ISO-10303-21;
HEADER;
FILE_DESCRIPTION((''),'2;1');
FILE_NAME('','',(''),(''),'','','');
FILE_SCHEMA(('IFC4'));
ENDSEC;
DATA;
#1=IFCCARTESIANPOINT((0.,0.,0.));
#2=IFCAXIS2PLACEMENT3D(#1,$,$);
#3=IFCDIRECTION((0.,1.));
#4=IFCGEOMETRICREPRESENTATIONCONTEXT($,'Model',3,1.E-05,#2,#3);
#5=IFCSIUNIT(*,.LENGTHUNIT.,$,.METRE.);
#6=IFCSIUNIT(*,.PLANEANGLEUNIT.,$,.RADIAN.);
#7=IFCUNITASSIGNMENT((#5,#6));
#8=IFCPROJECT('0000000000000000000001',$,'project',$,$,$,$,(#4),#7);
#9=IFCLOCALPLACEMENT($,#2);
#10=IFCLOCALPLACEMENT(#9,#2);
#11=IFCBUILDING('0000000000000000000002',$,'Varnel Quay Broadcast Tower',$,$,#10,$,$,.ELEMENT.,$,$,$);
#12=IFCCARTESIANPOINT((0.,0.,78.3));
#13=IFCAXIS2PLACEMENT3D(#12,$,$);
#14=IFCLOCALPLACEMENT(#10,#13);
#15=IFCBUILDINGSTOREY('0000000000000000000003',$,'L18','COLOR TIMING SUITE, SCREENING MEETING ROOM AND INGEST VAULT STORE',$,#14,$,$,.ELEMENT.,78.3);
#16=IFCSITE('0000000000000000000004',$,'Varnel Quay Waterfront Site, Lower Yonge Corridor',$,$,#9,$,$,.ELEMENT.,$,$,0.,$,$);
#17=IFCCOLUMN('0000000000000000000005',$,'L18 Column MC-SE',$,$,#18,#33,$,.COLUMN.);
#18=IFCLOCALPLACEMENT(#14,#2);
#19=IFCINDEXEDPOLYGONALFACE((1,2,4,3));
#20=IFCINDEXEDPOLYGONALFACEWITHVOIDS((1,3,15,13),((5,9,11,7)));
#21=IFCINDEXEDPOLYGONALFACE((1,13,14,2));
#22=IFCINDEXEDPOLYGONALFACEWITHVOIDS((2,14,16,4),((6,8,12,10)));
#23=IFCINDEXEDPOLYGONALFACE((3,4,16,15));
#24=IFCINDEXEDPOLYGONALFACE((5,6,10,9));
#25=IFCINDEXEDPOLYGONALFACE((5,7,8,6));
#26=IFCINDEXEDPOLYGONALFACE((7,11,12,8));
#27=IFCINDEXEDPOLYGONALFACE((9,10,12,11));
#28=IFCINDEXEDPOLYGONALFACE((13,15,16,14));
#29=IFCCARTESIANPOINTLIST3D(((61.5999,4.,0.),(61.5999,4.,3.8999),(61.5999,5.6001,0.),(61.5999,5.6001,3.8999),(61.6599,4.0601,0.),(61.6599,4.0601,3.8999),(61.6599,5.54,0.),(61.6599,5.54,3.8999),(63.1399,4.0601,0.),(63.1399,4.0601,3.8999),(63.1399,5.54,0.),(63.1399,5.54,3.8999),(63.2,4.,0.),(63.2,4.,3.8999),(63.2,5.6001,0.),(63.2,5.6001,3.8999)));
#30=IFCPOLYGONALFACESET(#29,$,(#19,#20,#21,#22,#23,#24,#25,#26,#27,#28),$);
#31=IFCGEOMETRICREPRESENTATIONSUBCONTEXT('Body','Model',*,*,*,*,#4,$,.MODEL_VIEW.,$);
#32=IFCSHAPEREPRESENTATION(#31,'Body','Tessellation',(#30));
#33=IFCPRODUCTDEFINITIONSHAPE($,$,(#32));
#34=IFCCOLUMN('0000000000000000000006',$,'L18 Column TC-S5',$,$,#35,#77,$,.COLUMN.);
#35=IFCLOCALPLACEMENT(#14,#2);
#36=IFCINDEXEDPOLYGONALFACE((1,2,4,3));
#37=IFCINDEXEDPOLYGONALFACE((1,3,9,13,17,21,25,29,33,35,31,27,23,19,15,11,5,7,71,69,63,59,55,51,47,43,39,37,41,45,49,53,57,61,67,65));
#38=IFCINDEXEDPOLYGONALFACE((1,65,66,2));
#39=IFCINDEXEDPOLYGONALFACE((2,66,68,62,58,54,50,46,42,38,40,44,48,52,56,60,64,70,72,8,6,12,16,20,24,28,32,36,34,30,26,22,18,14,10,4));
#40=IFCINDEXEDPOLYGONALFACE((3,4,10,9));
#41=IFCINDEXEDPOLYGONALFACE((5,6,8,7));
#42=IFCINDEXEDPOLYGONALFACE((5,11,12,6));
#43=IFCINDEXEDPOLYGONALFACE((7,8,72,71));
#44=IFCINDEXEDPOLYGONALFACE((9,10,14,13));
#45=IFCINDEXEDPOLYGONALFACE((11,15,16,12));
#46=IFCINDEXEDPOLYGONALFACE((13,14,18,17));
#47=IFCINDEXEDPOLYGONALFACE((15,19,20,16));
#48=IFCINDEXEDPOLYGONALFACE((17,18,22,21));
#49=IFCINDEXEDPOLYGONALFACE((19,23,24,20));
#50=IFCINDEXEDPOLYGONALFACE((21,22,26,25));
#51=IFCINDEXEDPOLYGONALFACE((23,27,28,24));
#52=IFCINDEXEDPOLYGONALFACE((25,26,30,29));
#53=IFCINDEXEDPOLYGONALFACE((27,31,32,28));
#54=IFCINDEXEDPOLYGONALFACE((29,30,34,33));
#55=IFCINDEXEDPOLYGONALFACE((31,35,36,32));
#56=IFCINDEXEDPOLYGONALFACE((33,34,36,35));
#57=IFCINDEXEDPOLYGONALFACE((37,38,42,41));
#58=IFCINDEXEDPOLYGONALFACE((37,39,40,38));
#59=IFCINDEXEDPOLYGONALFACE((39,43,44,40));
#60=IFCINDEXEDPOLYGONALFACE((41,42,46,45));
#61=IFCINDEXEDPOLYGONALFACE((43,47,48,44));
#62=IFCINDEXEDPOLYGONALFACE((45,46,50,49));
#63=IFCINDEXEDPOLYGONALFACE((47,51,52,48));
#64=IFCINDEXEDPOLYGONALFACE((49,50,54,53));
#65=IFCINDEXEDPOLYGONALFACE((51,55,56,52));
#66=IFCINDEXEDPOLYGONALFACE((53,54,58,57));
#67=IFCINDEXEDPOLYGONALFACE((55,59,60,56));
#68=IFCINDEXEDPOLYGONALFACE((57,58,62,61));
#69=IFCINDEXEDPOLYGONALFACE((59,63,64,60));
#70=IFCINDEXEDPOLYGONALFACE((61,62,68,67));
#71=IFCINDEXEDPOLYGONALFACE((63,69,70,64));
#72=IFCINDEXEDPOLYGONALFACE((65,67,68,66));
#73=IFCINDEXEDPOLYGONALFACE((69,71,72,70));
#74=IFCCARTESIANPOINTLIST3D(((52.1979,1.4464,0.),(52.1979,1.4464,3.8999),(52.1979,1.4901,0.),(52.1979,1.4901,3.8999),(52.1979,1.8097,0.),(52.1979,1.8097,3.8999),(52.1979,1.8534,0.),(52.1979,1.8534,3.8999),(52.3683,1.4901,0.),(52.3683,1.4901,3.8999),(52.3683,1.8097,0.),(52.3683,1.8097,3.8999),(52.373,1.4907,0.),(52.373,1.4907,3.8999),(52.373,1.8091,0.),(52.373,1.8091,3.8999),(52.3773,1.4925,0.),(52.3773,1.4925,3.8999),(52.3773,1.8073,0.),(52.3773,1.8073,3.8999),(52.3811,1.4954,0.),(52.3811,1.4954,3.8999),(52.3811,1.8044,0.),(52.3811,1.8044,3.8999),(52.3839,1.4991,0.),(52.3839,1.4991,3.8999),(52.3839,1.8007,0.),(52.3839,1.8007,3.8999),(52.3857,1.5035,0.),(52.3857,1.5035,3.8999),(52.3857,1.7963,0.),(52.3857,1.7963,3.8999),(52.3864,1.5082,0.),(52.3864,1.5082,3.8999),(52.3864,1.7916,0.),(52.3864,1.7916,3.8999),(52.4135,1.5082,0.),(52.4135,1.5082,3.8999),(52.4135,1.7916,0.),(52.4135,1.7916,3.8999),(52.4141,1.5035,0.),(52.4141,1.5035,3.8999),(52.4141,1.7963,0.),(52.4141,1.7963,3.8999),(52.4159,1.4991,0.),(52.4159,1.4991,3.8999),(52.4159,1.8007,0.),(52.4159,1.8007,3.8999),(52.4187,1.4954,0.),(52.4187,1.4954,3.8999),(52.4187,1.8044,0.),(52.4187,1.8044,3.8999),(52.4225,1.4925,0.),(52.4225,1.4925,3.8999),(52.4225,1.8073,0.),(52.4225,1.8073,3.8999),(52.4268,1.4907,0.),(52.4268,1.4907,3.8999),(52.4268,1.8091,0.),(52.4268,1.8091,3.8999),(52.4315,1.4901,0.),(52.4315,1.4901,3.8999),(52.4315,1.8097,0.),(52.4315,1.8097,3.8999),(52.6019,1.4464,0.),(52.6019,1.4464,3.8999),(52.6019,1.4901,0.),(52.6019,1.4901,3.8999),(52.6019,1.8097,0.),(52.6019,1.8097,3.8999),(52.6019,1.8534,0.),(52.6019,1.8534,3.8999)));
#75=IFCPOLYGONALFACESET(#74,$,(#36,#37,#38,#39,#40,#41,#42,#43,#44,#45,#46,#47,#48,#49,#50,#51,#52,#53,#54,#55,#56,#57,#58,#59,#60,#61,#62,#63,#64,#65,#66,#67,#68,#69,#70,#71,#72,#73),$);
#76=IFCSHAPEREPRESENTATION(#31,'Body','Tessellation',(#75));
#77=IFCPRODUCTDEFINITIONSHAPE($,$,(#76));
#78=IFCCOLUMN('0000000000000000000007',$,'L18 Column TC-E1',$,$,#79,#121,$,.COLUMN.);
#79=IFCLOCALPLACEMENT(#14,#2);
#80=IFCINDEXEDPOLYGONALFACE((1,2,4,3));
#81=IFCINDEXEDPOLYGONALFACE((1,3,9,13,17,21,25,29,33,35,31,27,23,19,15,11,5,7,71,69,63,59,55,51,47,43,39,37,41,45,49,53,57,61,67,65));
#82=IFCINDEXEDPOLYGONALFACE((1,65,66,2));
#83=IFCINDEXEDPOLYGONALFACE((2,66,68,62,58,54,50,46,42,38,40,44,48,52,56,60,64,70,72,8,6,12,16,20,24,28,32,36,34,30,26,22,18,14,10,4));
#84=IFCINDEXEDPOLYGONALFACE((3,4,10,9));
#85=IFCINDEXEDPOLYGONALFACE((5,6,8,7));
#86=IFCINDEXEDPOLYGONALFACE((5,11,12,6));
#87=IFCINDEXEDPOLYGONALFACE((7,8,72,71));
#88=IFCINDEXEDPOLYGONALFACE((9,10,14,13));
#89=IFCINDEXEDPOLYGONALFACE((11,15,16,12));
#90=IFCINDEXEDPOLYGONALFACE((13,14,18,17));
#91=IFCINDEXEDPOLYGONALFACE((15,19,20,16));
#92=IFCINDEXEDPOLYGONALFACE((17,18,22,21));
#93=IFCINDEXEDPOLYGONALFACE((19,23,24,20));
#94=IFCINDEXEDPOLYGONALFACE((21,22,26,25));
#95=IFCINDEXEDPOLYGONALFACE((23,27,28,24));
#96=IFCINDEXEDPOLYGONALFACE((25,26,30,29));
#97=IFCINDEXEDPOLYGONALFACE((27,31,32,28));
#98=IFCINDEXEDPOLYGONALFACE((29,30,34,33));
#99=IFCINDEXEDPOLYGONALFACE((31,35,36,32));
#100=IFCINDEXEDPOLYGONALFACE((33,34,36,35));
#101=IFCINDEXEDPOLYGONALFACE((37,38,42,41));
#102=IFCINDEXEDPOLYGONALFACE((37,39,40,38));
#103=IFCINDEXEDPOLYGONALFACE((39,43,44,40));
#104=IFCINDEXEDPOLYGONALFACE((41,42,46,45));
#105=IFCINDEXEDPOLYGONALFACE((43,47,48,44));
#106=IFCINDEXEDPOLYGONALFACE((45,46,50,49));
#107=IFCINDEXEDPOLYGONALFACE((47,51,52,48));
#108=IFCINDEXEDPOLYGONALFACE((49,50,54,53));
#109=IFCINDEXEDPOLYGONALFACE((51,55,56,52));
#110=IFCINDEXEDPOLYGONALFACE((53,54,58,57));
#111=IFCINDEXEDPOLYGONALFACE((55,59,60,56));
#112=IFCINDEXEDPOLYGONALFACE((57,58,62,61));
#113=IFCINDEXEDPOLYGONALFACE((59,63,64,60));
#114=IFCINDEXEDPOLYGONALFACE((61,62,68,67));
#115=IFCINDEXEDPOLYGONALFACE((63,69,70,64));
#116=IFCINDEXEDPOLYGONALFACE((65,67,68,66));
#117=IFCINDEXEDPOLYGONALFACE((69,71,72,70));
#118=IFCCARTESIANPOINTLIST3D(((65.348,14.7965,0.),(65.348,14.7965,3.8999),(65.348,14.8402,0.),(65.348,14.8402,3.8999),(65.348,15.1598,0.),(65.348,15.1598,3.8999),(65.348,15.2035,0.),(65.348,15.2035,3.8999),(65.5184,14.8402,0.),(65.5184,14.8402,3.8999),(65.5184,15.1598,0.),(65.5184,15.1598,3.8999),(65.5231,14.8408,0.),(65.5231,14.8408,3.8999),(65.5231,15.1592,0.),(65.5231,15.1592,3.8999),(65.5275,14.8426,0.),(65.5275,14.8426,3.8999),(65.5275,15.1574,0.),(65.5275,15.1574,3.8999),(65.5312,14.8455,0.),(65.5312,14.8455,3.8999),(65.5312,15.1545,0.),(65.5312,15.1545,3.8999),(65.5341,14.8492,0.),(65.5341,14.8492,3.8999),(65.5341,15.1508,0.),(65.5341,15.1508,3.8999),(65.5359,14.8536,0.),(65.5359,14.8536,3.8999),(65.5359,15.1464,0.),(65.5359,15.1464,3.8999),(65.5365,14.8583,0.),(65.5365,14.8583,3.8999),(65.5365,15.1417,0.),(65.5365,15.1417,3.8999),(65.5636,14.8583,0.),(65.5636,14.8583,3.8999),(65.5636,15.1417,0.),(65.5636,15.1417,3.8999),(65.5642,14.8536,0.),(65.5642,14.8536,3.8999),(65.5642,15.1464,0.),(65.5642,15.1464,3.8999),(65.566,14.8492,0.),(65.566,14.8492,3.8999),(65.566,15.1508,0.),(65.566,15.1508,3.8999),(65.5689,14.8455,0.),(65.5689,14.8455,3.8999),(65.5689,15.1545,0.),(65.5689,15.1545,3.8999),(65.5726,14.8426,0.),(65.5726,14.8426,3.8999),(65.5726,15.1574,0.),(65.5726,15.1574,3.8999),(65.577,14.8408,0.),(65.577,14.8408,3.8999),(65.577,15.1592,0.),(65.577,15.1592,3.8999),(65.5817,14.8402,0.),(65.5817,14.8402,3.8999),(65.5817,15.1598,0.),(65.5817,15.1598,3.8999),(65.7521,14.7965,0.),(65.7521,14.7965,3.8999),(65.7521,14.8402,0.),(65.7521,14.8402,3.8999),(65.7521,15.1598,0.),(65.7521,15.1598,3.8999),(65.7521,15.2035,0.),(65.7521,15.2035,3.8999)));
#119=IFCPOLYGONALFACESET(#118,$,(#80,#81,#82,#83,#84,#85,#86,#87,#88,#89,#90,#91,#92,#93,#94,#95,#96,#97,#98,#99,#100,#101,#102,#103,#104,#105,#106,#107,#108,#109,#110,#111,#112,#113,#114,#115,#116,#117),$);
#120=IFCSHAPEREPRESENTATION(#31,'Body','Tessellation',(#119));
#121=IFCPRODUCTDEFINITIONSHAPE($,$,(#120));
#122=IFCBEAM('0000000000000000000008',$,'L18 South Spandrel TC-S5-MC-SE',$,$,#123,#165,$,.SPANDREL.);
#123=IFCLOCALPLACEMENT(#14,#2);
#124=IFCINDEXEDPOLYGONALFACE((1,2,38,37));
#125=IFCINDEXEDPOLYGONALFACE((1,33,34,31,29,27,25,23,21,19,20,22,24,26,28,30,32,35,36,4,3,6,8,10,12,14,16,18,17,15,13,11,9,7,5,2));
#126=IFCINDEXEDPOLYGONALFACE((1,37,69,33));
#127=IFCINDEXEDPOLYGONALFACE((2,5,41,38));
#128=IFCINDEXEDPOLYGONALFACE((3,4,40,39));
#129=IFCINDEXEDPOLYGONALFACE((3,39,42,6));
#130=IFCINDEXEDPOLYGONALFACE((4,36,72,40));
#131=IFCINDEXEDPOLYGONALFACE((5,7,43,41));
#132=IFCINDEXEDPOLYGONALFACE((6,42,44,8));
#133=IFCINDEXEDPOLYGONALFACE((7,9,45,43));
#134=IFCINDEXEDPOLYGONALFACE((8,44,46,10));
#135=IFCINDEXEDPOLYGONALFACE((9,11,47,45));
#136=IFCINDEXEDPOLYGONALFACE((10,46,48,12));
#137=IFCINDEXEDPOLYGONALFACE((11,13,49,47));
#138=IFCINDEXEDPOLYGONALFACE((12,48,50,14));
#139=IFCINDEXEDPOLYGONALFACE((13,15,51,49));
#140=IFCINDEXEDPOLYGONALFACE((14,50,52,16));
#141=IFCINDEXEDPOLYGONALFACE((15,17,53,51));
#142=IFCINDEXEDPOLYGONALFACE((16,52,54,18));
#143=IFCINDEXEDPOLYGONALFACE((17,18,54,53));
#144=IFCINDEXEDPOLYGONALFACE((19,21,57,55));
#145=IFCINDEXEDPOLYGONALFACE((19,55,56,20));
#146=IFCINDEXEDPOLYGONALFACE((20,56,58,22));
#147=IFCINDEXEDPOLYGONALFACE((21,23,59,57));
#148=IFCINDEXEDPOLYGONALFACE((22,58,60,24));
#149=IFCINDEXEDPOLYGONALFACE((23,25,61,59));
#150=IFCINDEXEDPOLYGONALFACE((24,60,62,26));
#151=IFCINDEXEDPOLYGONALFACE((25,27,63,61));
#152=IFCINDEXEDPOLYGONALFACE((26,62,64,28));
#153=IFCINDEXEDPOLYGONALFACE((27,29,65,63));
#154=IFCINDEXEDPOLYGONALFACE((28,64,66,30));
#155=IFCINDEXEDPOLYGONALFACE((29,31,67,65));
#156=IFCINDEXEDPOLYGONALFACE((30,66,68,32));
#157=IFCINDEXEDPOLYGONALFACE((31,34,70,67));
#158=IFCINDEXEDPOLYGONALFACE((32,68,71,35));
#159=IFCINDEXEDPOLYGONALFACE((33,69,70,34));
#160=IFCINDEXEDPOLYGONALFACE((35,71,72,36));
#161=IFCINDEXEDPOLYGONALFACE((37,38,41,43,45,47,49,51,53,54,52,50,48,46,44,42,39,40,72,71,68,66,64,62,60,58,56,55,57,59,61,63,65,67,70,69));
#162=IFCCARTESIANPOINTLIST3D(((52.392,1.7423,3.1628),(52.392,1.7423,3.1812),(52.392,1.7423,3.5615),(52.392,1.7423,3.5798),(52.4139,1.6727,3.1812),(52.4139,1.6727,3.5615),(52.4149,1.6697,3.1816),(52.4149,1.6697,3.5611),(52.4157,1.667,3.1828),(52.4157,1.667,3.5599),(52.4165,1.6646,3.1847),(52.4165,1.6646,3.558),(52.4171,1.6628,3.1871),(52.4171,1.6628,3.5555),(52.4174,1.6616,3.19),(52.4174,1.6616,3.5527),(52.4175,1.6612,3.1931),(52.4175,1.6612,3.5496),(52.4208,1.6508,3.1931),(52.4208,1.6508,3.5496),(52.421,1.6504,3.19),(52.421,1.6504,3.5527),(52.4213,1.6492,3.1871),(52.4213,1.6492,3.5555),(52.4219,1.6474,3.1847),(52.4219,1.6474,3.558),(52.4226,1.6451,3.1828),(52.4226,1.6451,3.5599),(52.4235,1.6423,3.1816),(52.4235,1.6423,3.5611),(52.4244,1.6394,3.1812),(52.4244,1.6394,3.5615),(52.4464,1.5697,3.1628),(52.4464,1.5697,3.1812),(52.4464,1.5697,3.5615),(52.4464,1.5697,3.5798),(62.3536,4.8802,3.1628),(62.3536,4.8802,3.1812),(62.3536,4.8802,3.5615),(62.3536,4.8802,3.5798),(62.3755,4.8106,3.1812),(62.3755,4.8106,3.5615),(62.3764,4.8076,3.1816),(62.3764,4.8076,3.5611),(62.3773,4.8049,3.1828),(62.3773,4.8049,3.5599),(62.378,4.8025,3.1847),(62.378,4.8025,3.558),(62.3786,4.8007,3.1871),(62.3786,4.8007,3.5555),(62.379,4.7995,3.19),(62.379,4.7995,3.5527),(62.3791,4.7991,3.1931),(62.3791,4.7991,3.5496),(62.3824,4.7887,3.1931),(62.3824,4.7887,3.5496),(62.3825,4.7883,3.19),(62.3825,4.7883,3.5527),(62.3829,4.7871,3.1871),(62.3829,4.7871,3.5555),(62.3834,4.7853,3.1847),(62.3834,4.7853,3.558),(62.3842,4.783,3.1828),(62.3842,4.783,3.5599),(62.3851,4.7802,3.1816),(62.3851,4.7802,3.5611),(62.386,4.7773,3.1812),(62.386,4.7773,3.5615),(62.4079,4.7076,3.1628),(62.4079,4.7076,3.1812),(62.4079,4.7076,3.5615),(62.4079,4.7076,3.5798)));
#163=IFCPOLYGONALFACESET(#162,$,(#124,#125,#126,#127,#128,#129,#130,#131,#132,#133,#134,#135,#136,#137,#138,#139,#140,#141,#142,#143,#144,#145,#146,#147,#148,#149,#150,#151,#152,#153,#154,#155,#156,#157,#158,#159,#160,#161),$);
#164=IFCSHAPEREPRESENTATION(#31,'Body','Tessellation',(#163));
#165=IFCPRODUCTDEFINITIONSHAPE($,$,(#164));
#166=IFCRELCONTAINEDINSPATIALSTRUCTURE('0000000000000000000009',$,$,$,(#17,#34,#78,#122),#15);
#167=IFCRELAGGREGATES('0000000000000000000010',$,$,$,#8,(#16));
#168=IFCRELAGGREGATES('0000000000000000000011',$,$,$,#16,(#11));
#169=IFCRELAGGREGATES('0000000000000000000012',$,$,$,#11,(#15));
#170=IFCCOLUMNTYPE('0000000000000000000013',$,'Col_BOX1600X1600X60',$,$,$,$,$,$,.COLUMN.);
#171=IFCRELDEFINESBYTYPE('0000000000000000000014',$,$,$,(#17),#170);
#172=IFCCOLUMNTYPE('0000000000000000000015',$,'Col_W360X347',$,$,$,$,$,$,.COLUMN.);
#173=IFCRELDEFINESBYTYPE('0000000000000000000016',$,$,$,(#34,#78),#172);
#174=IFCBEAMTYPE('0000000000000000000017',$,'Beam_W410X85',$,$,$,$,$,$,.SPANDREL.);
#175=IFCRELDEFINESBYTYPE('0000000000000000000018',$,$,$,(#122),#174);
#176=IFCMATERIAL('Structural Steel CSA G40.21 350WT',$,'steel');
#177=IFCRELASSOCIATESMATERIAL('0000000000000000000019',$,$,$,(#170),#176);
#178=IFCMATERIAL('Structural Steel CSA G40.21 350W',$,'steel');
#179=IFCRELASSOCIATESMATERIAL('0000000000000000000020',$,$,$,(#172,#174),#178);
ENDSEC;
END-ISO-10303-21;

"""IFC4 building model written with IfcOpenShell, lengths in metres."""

from ifc_helpers import new_model, si_unit, direction, frame, origin, origin_2d, place, context, subcontext, project, spatial, hollow_rectangle, i_section, extrude, source, transform, mapped, material, material_profile, profile_set, type_object, type_shapes, element, save


model = new_model("IFC4")

# Units and contexts
model_context = context("Model", 3, precision=1e-05, world=origin(), true_north=direction((0.0, 1.0)))
body_context = subcontext(model_context, "Body", "Model", "MODEL_VIEW")
ifc_project = project(units=[si_unit("LENGTHUNIT", "METRE"), si_unit("PLANEANGLEUNIT", "RADIAN")], contexts=[model_context])

# Site, building, storey
site_placement = place(None, origin())
site = spatial("IfcSite", under=ifc_project, at=site_placement, Name="Varnel Quay Waterfront Site, Lower Yonge Corridor", CompositionType="ELEMENT", RefElevation=0.0)
building_placement = place(site_placement, origin())
building = spatial("IfcBuilding", under=site, at=building_placement, Name="Varnel Quay Broadcast Tower", CompositionType="ELEMENT")
storey_placement = place(building_placement, frame((0.0, 0.0, 78.3)))
storey = spatial("IfcBuildingStorey", under=building, at=storey_placement, Name="L18", Description="COLOR TIMING SUITE, SCREENING MEETING ROOM AND INGEST VAULT STORE", CompositionType="ELEMENT", Elevation=78.3)

# Columns
ifc_material_1 = material(Name="Structural Steel CSA G40.21 350WT", Category="steel")
ifc_material_profile_1 = material_profile(ifc_material_1, hollow_rectangle(XDim=1.6001, YDim=1.6001, WallThickness=0.0601, at=origin_2d()), Name="BOX1600X1600X60")
ifc_profile_set_1 = profile_set([ifc_material_profile_1], Name="Structural Steel CSA G40.21 350WT")
column_type_1 = type_object("IfcColumnType", Name="Col_BOX1600X1600X60", PredefinedType="COLUMN", material=ifc_profile_set_1)
shared_shape_1 = source(origin(), body_context, "Body", "SweptSolid", [
    extrude(hollow_rectangle(XDim=1.6001, YDim=1.6001, WallThickness=0.0601, at=origin_2d()), origin(), (0.0, 0.0, 1.0), 3.8999),
])
type_shapes(column_type_1, [shared_shape_1])
column_placement = place(storey_placement, frame((62.3999, 4.8, 0.0), z_axis=(0.0, 0.0, 1.0), x_axis=(1.0, 0.0, 0.0)))
element("IfcColumn", 1, at=column_placement, inside=storey, type_object=column_type_1, Name="L18 Column MC-SE", PredefinedType="COLUMN", context=body_context, shape_type="MappedRepresentation", body=[
    mapped(shared_shape_1, transform((0.0, 0.0, 0.0), x_axis=(1.0, 0.0, 0.0), y_axis=(0.0, 1.0, 0.0), z_axis=(0.0, 0.0, 1.0), scale=1.0)),
])
ifc_material_2 = material(Name="Structural Steel CSA G40.21 350W", Category="steel")
ifc_material_profile_2 = material_profile(ifc_material_2, i_section(OverallWidth=0.4041, OverallDepth=0.407, WebThickness=0.0271, FlangeThickness=0.0437, FilletRadius=0.0181, at=origin_2d()), Name="W360X347")
ifc_profile_set_2 = profile_set([ifc_material_profile_2], Name="Structural Steel CSA G40.21 350W")
column_type_2 = type_object("IfcColumnType", Name="Col_W360X347", PredefinedType="COLUMN", material=ifc_profile_set_2)
shared_shape_2 = source(origin(), body_context, "Body", "SweptSolid", [
    extrude(i_section(OverallWidth=0.4041, OverallDepth=0.407, WebThickness=0.0271, FlangeThickness=0.0437, FilletRadius=0.0181, at=origin_2d()), origin(), (0.0, 0.0, 1.0), 3.8999),
])
type_shapes(column_type_2, [shared_shape_2])
for number, where, z_axis, x_axis, name in (
    (2, (52.3999, 1.6499, 0.0), (0.0, 0.0, 1.0), (1.0, 0.0, 0.0), "L18 Column TC-S5"),
    (3, (65.55, 15.0, 0.0), (0.0, 0.0, 1.0), (1.0, 0.0, 0.0), "L18 Column TC-E1"),
):
    element("IfcColumn", number, at=place(storey_placement, frame(where, z_axis=z_axis, x_axis=x_axis)), inside=storey, type_object=column_type_2, Name=name, PredefinedType="COLUMN", context=body_context, shape_type="MappedRepresentation", body=[
        mapped(shared_shape_2, transform((0.0, 0.0, 0.0), x_axis=(1.0, 0.0, 0.0), y_axis=(0.0, 1.0, 0.0), z_axis=(0.0, 0.0, 1.0), scale=1.0)),
    ])

# Beam
ifc_material_profile_3 = material_profile(ifc_material_2, i_section(OverallWidth=0.1809, OverallDepth=0.417, WebThickness=0.011, FlangeThickness=0.0183, FilletRadius=0.012, at=origin_2d()), Name="W410X85")
ifc_profile_set_3 = profile_set([ifc_material_profile_3], Name="Structural Steel CSA G40.21 350W")
beam_type = type_object("IfcBeamType", Name="Beam_W410X85", PredefinedType="SPANDREL", material=ifc_profile_set_3)
shared_shape_3 = source(origin(), body_context, "Body", "SweptSolid", [
    extrude(i_section(OverallWidth=0.1809, OverallDepth=0.417, WebThickness=0.011, FlangeThickness=0.0183, FilletRadius=0.012, at=origin_2d()), origin(), (0.0, 0.0, 1.0), 10.4441),
])
beam_1_placement = place(storey_placement, frame((52.4192, 1.656, 3.3713), z_axis=(0.953798, 0.300448, 0.0), x_axis=(-0.300448, 0.953798, 0.0)))
element("IfcBeam", 4, at=beam_1_placement, inside=storey, type_object=beam_type, Name="L18 South Spandrel TC-S5-MC-SE", PredefinedType="SPANDREL", context=body_context, shape_type="MappedRepresentation", body=[
    mapped(shared_shape_3, transform((0.0, 0.0, 0.0), x_axis=(1.0, 0.0, 0.0), y_axis=(0.0, 1.0, 0.0), z_axis=(0.0, 0.0, 1.0), scale=1.0)),
])

save(model, "model.ifc")
